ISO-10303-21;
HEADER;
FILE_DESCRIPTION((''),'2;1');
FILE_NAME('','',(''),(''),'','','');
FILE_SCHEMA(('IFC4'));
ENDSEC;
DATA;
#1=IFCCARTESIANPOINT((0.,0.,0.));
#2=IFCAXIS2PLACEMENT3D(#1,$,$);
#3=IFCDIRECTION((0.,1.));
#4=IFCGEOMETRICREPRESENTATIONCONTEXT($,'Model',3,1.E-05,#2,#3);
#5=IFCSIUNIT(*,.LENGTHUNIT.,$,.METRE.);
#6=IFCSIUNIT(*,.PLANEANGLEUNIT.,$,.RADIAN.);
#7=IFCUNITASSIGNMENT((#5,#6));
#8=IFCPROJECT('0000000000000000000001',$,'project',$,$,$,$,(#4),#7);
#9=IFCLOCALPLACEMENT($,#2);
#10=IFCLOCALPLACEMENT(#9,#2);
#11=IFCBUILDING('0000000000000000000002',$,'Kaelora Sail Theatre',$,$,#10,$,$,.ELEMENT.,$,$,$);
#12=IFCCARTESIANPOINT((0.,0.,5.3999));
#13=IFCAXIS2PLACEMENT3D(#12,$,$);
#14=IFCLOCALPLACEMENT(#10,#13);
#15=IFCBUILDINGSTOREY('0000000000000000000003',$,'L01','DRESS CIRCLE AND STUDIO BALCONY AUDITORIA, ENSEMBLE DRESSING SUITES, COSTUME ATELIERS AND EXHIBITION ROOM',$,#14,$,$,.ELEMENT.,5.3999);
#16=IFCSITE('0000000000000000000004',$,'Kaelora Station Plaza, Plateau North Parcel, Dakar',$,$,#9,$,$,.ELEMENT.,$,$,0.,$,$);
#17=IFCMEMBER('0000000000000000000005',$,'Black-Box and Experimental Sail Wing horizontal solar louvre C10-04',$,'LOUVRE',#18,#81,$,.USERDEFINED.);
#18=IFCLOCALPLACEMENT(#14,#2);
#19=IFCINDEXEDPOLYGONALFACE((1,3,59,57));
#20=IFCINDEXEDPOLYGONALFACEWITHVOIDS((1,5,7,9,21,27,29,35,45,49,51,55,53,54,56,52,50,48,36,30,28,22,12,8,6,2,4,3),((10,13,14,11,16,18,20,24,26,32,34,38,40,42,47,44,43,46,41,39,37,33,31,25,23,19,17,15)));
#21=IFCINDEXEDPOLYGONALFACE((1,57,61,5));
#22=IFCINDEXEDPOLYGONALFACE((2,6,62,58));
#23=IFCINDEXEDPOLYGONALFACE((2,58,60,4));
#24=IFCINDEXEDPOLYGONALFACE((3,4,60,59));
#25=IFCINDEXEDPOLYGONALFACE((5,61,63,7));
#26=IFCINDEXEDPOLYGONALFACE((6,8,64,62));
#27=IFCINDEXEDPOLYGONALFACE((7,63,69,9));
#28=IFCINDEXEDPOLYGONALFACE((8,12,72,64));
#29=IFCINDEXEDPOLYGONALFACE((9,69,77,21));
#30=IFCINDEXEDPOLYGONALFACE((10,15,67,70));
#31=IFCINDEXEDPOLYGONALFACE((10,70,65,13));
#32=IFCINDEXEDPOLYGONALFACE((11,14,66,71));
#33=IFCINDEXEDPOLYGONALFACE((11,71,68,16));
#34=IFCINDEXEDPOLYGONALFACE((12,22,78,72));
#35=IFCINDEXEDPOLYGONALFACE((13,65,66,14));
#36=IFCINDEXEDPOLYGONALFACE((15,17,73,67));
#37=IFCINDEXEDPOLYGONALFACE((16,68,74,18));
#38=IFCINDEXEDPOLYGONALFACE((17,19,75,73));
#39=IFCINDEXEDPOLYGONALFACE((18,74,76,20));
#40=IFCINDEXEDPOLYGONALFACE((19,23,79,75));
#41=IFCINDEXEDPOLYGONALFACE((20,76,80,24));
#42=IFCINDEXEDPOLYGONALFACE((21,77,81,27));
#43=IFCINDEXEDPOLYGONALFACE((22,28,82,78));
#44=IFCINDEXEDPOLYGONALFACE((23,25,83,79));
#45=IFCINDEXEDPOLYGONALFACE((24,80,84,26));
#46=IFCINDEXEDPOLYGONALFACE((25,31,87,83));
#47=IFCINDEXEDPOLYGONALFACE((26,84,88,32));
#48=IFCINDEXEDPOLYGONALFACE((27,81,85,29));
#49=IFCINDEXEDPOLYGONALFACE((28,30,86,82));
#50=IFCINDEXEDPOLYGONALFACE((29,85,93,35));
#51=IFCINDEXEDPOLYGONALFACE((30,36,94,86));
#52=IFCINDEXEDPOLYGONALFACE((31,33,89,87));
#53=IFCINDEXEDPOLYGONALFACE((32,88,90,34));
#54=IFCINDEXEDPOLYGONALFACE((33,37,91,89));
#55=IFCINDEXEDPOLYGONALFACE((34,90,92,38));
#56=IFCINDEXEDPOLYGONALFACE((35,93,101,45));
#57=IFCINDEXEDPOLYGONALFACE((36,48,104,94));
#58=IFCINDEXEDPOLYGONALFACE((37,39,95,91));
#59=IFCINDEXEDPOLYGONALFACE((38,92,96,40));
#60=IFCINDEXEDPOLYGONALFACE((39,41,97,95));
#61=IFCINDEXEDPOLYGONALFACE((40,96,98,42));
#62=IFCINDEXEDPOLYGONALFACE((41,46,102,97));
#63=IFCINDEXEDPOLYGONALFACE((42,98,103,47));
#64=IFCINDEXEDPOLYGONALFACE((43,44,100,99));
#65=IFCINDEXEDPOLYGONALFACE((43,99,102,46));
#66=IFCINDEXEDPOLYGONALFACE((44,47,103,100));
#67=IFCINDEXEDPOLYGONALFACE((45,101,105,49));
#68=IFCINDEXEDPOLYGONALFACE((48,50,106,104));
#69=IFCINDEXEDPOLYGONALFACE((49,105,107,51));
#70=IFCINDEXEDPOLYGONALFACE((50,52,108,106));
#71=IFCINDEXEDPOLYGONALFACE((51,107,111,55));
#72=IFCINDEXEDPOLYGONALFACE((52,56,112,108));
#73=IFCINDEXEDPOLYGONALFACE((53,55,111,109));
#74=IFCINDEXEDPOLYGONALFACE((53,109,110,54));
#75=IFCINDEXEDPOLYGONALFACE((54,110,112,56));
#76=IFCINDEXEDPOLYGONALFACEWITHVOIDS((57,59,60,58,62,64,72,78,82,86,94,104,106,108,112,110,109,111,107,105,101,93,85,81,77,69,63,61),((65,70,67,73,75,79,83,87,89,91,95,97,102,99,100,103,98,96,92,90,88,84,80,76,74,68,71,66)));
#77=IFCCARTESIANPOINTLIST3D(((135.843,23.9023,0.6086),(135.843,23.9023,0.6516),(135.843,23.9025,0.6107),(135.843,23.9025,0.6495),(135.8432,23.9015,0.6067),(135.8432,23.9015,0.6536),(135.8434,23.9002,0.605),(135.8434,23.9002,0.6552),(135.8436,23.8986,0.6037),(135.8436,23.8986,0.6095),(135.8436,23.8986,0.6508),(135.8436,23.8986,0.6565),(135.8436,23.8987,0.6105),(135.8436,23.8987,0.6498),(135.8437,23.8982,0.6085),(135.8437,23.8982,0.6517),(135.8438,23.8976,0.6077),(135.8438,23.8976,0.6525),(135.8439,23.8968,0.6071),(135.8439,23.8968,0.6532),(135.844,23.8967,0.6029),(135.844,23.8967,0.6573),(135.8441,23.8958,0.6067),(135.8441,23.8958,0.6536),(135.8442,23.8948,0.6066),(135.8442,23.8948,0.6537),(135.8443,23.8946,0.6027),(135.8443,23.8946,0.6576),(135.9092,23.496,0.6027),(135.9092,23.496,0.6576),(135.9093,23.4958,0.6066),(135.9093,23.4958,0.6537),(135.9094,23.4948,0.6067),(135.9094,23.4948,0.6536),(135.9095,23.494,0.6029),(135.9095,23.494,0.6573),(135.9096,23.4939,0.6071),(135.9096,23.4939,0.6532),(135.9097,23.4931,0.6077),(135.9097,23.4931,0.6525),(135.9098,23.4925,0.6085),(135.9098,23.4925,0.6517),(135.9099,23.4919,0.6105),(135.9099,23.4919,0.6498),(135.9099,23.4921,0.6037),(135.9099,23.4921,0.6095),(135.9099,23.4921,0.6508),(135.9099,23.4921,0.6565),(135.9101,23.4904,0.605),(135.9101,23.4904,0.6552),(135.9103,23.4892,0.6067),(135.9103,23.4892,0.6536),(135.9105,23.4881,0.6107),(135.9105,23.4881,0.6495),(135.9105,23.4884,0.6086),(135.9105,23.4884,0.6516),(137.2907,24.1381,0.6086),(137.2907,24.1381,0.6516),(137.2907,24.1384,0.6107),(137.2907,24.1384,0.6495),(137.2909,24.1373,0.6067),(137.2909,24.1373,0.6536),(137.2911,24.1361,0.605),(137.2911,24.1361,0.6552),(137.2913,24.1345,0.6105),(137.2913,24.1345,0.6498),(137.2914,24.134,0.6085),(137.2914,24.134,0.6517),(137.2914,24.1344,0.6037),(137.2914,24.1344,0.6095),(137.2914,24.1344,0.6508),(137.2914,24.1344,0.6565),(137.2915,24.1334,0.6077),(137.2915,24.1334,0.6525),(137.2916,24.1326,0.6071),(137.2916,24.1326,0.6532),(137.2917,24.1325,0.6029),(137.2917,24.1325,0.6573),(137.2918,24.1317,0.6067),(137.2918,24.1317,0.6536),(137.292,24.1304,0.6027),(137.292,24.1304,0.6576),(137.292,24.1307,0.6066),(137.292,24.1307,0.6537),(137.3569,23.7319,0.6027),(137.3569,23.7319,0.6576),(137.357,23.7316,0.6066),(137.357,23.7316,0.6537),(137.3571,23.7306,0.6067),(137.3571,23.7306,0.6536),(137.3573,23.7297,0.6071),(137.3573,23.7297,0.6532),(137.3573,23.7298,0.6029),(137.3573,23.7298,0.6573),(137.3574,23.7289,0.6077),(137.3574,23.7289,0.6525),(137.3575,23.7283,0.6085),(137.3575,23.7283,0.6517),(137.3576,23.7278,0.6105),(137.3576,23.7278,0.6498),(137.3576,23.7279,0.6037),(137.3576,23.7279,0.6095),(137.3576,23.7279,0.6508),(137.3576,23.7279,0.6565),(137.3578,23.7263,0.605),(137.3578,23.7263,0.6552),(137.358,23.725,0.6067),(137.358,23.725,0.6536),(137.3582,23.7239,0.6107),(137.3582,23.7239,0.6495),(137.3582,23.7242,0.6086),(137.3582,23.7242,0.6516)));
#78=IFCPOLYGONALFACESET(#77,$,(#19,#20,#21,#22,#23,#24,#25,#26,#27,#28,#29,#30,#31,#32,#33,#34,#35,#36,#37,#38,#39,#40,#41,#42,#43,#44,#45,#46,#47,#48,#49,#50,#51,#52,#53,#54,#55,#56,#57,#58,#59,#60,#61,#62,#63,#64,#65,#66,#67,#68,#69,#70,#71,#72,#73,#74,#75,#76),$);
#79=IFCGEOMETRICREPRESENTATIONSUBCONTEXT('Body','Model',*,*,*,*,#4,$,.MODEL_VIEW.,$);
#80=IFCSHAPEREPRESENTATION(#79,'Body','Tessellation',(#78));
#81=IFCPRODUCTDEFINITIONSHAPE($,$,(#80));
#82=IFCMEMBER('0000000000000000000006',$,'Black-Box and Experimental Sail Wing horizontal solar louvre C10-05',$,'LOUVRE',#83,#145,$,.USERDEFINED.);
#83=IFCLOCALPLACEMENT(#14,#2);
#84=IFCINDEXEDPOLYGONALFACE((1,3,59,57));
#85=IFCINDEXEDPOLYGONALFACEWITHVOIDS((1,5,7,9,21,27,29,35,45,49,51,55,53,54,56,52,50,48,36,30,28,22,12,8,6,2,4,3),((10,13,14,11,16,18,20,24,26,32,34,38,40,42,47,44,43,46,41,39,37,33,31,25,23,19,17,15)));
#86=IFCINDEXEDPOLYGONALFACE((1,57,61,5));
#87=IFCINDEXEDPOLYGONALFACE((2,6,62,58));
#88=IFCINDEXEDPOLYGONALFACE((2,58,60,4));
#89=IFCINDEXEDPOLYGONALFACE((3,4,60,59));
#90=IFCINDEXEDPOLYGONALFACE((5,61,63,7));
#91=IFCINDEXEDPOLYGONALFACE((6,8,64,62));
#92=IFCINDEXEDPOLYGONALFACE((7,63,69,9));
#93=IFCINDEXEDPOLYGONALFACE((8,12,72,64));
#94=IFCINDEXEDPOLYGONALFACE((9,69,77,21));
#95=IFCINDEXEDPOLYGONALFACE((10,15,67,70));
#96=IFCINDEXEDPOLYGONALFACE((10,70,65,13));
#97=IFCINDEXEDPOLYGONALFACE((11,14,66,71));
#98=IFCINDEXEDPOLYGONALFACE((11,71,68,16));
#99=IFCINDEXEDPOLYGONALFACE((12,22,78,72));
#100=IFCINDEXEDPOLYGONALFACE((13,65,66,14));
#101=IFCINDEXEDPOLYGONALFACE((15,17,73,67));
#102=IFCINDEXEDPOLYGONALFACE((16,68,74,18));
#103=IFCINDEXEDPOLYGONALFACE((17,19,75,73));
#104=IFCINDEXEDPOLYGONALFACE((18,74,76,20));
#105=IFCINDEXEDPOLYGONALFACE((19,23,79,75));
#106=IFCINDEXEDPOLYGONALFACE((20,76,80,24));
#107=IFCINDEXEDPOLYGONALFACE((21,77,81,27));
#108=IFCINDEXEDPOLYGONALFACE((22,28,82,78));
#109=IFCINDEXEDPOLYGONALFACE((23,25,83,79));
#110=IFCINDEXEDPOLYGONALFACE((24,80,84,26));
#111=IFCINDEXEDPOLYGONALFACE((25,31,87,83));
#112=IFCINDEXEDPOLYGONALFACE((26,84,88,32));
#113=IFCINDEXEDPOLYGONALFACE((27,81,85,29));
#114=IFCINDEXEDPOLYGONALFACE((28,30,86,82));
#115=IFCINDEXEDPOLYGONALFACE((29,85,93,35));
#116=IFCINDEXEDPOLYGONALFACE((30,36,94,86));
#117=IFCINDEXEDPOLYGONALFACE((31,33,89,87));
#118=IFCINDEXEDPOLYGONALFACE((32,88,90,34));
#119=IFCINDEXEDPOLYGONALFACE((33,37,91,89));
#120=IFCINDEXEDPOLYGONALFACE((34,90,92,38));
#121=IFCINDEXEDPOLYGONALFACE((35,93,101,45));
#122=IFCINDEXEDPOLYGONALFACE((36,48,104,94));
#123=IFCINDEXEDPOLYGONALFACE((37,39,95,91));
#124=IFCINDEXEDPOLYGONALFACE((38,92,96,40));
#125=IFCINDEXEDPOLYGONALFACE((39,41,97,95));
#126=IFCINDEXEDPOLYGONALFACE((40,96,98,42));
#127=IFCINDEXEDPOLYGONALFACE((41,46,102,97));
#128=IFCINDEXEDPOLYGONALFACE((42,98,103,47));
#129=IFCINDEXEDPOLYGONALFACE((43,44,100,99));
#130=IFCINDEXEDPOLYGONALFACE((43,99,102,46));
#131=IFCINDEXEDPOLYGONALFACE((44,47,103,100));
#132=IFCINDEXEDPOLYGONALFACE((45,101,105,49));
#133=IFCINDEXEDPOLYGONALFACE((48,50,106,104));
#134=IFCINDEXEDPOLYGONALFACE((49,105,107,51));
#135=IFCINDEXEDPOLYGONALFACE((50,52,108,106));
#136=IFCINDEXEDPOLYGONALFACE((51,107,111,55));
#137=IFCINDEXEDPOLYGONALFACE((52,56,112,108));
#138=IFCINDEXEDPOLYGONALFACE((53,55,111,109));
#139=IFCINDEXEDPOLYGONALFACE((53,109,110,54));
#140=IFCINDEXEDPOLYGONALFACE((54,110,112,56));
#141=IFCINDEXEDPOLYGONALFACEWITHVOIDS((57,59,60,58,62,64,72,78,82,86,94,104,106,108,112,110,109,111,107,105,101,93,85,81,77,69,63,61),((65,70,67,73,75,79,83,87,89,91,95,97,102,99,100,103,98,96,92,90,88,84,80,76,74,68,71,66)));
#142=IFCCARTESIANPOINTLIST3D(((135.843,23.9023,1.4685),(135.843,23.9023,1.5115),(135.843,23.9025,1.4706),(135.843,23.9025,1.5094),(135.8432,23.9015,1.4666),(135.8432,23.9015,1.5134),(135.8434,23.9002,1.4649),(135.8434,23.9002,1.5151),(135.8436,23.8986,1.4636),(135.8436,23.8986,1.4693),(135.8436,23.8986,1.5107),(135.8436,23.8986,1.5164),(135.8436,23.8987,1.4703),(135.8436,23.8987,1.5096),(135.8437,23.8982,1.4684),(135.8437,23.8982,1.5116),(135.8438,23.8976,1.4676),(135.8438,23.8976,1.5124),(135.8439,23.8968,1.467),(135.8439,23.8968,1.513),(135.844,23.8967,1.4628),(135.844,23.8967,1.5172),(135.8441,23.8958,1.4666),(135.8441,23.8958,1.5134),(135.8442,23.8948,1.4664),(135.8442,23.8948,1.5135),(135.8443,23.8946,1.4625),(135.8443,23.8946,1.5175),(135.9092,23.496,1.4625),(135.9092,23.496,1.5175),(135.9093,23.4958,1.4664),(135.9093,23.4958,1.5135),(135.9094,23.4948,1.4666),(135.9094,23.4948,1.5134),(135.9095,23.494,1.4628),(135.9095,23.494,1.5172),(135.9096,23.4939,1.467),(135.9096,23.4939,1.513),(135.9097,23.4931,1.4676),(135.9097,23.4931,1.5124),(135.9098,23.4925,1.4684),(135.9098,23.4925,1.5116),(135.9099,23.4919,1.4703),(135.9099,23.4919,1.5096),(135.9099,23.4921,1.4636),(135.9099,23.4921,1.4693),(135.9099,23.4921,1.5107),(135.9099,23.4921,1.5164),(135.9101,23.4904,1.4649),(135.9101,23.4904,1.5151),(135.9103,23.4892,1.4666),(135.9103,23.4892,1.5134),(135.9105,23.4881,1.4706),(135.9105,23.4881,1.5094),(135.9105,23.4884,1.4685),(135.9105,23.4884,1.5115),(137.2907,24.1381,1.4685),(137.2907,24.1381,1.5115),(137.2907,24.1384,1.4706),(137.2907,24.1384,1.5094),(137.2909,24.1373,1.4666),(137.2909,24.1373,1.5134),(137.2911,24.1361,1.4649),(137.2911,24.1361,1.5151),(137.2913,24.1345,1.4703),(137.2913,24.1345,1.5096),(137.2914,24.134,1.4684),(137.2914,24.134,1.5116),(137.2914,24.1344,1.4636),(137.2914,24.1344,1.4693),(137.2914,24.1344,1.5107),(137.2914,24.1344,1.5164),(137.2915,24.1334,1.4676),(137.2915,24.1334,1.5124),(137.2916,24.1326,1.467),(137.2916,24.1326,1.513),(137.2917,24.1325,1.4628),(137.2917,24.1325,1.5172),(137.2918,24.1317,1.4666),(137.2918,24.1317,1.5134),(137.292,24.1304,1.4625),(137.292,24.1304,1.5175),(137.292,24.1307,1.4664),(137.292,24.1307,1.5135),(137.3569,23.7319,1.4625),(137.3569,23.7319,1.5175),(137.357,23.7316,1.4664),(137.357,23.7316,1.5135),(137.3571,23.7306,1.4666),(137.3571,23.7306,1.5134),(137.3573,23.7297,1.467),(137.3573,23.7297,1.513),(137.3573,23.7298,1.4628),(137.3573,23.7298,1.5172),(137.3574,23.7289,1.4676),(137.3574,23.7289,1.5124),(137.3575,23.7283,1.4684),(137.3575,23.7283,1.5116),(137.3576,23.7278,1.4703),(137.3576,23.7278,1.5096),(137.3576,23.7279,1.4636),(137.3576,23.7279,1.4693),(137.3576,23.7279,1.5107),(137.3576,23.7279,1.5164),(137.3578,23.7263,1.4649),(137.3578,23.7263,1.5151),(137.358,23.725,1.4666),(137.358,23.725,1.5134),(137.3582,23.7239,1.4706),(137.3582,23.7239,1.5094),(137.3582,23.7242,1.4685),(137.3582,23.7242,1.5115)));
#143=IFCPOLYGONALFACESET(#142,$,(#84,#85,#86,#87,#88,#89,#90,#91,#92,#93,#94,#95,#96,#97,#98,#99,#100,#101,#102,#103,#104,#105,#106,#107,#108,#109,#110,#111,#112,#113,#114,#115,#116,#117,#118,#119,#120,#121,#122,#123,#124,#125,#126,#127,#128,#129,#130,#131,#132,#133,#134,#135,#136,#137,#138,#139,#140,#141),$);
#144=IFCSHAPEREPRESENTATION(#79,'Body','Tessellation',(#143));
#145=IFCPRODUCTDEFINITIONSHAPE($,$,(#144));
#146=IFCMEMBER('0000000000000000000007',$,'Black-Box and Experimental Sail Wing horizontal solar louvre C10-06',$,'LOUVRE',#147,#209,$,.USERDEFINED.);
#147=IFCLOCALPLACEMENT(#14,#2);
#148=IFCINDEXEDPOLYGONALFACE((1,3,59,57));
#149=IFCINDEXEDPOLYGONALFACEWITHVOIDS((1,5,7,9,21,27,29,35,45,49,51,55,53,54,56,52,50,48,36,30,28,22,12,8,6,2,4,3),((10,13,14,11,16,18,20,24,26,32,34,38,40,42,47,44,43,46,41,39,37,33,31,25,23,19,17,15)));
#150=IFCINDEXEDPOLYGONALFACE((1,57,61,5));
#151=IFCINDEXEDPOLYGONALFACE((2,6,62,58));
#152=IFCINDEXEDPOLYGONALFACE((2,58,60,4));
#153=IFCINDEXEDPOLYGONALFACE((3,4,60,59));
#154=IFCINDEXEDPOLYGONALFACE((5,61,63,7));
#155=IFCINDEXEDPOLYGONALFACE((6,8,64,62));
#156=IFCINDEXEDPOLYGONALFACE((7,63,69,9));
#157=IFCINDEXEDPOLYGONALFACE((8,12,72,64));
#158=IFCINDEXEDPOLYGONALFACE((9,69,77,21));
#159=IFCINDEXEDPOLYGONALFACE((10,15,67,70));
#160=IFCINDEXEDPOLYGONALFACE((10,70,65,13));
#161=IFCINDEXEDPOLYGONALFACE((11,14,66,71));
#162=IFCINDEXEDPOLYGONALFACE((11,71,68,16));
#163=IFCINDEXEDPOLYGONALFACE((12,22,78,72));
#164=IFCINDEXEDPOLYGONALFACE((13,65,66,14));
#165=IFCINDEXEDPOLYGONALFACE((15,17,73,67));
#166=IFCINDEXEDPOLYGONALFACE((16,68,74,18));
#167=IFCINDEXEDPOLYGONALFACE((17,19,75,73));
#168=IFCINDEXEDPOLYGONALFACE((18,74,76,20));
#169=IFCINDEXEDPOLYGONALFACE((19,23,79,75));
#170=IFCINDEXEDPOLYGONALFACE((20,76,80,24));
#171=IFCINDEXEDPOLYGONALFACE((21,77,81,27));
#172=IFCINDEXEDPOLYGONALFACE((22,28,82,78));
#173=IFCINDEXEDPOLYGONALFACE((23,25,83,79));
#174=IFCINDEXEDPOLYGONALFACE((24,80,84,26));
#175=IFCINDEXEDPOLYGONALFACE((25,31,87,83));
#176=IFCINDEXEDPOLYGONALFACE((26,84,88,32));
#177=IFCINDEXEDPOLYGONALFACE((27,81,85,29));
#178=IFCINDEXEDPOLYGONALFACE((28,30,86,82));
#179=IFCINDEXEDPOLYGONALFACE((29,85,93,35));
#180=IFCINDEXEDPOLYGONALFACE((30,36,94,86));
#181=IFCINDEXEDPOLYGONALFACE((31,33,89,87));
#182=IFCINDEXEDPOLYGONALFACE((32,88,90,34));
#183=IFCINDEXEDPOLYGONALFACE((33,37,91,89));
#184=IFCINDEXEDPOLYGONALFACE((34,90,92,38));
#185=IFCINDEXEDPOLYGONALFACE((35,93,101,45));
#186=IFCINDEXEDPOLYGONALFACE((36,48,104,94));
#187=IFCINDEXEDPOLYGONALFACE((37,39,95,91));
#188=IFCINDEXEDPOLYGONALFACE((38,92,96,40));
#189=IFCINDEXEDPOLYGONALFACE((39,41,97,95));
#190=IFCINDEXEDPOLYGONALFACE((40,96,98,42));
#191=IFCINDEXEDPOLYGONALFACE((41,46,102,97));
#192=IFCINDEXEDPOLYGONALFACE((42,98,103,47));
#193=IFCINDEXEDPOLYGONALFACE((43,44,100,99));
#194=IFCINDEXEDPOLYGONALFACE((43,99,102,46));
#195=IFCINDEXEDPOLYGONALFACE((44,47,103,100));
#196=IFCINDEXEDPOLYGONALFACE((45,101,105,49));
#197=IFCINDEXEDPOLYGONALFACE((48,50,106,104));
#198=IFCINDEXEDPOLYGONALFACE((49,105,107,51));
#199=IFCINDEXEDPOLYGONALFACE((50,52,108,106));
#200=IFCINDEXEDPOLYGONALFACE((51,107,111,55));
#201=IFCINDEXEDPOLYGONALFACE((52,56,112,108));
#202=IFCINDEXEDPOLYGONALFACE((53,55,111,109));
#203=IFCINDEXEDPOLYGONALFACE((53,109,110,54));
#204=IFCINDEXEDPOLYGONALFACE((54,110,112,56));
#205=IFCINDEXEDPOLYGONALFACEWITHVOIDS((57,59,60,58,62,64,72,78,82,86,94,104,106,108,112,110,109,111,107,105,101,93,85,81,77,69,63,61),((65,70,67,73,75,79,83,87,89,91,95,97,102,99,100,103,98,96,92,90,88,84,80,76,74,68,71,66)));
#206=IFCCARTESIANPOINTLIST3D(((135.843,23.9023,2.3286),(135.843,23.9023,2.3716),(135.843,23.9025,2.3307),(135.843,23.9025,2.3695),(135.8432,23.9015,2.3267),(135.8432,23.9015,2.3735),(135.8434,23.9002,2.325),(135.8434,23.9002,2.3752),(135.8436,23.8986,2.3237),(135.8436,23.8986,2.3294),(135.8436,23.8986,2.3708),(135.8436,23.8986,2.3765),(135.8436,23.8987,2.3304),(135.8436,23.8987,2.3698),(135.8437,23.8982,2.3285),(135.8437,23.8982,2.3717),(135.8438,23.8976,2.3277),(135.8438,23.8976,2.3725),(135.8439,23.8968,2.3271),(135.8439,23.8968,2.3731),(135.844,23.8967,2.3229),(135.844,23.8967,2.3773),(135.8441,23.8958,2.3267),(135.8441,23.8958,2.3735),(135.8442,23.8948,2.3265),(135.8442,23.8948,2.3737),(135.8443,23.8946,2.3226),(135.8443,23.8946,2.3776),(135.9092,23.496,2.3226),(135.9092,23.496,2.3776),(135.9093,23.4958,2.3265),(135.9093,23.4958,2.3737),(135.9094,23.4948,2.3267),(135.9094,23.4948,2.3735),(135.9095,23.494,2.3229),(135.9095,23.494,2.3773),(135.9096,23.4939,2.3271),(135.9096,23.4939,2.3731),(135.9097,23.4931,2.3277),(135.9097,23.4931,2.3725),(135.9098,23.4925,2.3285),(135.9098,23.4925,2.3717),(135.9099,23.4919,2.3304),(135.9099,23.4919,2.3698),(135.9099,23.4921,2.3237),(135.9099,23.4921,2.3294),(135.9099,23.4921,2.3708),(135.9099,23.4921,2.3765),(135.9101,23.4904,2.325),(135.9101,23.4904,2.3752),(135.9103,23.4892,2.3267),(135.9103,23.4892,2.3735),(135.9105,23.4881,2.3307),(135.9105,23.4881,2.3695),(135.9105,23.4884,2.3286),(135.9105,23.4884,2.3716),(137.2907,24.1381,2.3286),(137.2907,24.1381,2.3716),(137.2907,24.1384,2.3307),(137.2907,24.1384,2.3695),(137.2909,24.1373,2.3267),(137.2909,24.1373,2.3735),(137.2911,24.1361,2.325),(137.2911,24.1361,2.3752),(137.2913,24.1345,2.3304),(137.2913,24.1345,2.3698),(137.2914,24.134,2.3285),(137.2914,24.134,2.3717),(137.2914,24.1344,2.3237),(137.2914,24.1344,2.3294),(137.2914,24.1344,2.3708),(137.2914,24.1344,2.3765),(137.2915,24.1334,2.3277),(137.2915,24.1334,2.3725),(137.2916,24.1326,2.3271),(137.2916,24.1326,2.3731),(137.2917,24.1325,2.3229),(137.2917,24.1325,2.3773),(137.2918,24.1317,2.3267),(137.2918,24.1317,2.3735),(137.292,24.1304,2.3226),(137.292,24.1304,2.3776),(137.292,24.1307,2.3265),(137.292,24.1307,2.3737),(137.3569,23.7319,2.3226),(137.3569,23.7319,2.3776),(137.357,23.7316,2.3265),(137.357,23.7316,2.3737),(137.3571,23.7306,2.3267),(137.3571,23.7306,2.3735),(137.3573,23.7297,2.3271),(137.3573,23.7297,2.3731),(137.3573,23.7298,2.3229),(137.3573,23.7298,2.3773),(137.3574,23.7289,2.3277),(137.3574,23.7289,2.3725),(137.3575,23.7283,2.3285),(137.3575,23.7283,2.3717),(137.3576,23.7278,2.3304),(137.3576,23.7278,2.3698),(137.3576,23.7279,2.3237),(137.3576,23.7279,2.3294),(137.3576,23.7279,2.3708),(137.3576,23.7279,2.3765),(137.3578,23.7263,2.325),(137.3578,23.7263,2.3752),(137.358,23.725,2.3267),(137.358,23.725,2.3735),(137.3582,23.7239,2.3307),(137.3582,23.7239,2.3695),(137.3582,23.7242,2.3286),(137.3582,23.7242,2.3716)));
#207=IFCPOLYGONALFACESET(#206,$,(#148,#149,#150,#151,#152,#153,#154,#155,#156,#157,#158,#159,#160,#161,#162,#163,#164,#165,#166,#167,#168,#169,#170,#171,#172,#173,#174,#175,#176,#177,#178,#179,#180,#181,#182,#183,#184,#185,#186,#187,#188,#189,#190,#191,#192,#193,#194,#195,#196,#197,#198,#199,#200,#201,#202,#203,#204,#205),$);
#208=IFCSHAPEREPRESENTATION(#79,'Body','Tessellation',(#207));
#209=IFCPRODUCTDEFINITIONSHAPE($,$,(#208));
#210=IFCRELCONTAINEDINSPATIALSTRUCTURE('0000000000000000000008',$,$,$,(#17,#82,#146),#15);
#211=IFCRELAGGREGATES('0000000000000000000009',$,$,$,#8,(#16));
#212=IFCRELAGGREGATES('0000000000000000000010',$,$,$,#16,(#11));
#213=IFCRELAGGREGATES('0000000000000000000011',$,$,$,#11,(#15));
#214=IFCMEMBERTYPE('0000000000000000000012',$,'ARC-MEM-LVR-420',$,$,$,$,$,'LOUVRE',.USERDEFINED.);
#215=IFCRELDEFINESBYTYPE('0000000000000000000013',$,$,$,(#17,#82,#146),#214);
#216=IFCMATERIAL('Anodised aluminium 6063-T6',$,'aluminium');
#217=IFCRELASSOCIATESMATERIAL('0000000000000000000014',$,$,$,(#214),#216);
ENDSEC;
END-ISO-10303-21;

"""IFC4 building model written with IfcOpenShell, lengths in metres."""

from ifc_helpers import new_model, si_unit, direction, frame, origin, origin_2d, place, context, subcontext, project, spatial, hollow_rectangle, extrude, material, material_profile, profile_set, type_object, element, save


model = new_model("IFC4")

# Units and contexts
model_context = context("Model", 3, precision=1e-05, world=origin(), true_north=direction((0.0, 1.0)))
body_context = subcontext(model_context, "Body", "Model", "MODEL_VIEW")
ifc_project = project(units=[si_unit("LENGTHUNIT", "METRE"), si_unit("PLANEANGLEUNIT", "RADIAN")], contexts=[model_context])

# Site, building, storey
site_placement = place(None, origin())
site = spatial("IfcSite", under=ifc_project, at=site_placement, Name="Kaelora Station Plaza, Plateau North Parcel, Dakar", CompositionType="ELEMENT", RefElevation=0.0)
building_placement = place(site_placement, origin())
building = spatial("IfcBuilding", under=site, at=building_placement, Name="Kaelora Sail Theatre", CompositionType="ELEMENT")
storey_placement = place(building_placement, frame((0.0, 0.0, 5.3999)))
storey = spatial("IfcBuildingStorey", under=building, at=storey_placement, Name="L01", Description="DRESS CIRCLE AND STUDIO BALCONY AUDITORIA, ENSEMBLE DRESSING SUITES, COSTUME ATELIERS AND EXHIBITION ROOM", CompositionType="ELEMENT", Elevation=5.3999)

# Members
ifc_material_1 = material(Name="Anodised aluminium 6063-T6", Category="aluminium")
ifc_material_profile_1 = material_profile(ifc_material_1, hollow_rectangle(XDim=0.4199, YDim=0.0549, WallThickness=0.0039, InnerFilletRadius=0.0039, OuterFilletRadius=0.0081, at=origin_2d()), Name="LOUVRE 420x55x4")
ifc_profile_set_1 = profile_set([ifc_material_profile_1], Name="Anodised aluminium 6063-T6")
member_type = type_object("IfcMemberType", Name="ARC-MEM-LVR-420", ElementType="LOUVRE", PredefinedType="USERDEFINED", material=ifc_profile_set_1)
for number, where, z_axis, x_axis, name in (
    (1, (137.3245, 23.9312, 0.6301), (-0.98699, -0.160781, 0.0), (0.160781, -0.98699, 0.0), "Black-Box and Experimental Sail Wing horizontal solar louvre C10-04"),
    (2, (137.3245, 23.9312, 1.49), (-0.98699, -0.160781, 0.0), (0.160781, -0.98699, 0.0), "Black-Box and Experimental Sail Wing horizontal solar louvre C10-05"),
    (3, (137.3245, 23.9312, 2.3501), (-0.98699, -0.160781, 0.0), (0.160781, -0.98699, 0.0), "Black-Box and Experimental Sail Wing horizontal solar louvre C10-06"),
):
    element("IfcMember", number, at=place(storey_placement, frame(where, z_axis=z_axis, x_axis=x_axis)), inside=storey, type_object=member_type, Name=name, ObjectType="LOUVRE", PredefinedType="USERDEFINED", context=body_context, shape_type="SweptSolid", body=[
        extrude(hollow_rectangle(XDim=0.4199, YDim=0.0549, WallThickness=0.0039, InnerFilletRadius=0.0039, OuterFilletRadius=0.0081, at=origin_2d()), origin(), (0.0, 0.0, 1.0), 1.4668),
    ])

save(model, "model.ifc")
